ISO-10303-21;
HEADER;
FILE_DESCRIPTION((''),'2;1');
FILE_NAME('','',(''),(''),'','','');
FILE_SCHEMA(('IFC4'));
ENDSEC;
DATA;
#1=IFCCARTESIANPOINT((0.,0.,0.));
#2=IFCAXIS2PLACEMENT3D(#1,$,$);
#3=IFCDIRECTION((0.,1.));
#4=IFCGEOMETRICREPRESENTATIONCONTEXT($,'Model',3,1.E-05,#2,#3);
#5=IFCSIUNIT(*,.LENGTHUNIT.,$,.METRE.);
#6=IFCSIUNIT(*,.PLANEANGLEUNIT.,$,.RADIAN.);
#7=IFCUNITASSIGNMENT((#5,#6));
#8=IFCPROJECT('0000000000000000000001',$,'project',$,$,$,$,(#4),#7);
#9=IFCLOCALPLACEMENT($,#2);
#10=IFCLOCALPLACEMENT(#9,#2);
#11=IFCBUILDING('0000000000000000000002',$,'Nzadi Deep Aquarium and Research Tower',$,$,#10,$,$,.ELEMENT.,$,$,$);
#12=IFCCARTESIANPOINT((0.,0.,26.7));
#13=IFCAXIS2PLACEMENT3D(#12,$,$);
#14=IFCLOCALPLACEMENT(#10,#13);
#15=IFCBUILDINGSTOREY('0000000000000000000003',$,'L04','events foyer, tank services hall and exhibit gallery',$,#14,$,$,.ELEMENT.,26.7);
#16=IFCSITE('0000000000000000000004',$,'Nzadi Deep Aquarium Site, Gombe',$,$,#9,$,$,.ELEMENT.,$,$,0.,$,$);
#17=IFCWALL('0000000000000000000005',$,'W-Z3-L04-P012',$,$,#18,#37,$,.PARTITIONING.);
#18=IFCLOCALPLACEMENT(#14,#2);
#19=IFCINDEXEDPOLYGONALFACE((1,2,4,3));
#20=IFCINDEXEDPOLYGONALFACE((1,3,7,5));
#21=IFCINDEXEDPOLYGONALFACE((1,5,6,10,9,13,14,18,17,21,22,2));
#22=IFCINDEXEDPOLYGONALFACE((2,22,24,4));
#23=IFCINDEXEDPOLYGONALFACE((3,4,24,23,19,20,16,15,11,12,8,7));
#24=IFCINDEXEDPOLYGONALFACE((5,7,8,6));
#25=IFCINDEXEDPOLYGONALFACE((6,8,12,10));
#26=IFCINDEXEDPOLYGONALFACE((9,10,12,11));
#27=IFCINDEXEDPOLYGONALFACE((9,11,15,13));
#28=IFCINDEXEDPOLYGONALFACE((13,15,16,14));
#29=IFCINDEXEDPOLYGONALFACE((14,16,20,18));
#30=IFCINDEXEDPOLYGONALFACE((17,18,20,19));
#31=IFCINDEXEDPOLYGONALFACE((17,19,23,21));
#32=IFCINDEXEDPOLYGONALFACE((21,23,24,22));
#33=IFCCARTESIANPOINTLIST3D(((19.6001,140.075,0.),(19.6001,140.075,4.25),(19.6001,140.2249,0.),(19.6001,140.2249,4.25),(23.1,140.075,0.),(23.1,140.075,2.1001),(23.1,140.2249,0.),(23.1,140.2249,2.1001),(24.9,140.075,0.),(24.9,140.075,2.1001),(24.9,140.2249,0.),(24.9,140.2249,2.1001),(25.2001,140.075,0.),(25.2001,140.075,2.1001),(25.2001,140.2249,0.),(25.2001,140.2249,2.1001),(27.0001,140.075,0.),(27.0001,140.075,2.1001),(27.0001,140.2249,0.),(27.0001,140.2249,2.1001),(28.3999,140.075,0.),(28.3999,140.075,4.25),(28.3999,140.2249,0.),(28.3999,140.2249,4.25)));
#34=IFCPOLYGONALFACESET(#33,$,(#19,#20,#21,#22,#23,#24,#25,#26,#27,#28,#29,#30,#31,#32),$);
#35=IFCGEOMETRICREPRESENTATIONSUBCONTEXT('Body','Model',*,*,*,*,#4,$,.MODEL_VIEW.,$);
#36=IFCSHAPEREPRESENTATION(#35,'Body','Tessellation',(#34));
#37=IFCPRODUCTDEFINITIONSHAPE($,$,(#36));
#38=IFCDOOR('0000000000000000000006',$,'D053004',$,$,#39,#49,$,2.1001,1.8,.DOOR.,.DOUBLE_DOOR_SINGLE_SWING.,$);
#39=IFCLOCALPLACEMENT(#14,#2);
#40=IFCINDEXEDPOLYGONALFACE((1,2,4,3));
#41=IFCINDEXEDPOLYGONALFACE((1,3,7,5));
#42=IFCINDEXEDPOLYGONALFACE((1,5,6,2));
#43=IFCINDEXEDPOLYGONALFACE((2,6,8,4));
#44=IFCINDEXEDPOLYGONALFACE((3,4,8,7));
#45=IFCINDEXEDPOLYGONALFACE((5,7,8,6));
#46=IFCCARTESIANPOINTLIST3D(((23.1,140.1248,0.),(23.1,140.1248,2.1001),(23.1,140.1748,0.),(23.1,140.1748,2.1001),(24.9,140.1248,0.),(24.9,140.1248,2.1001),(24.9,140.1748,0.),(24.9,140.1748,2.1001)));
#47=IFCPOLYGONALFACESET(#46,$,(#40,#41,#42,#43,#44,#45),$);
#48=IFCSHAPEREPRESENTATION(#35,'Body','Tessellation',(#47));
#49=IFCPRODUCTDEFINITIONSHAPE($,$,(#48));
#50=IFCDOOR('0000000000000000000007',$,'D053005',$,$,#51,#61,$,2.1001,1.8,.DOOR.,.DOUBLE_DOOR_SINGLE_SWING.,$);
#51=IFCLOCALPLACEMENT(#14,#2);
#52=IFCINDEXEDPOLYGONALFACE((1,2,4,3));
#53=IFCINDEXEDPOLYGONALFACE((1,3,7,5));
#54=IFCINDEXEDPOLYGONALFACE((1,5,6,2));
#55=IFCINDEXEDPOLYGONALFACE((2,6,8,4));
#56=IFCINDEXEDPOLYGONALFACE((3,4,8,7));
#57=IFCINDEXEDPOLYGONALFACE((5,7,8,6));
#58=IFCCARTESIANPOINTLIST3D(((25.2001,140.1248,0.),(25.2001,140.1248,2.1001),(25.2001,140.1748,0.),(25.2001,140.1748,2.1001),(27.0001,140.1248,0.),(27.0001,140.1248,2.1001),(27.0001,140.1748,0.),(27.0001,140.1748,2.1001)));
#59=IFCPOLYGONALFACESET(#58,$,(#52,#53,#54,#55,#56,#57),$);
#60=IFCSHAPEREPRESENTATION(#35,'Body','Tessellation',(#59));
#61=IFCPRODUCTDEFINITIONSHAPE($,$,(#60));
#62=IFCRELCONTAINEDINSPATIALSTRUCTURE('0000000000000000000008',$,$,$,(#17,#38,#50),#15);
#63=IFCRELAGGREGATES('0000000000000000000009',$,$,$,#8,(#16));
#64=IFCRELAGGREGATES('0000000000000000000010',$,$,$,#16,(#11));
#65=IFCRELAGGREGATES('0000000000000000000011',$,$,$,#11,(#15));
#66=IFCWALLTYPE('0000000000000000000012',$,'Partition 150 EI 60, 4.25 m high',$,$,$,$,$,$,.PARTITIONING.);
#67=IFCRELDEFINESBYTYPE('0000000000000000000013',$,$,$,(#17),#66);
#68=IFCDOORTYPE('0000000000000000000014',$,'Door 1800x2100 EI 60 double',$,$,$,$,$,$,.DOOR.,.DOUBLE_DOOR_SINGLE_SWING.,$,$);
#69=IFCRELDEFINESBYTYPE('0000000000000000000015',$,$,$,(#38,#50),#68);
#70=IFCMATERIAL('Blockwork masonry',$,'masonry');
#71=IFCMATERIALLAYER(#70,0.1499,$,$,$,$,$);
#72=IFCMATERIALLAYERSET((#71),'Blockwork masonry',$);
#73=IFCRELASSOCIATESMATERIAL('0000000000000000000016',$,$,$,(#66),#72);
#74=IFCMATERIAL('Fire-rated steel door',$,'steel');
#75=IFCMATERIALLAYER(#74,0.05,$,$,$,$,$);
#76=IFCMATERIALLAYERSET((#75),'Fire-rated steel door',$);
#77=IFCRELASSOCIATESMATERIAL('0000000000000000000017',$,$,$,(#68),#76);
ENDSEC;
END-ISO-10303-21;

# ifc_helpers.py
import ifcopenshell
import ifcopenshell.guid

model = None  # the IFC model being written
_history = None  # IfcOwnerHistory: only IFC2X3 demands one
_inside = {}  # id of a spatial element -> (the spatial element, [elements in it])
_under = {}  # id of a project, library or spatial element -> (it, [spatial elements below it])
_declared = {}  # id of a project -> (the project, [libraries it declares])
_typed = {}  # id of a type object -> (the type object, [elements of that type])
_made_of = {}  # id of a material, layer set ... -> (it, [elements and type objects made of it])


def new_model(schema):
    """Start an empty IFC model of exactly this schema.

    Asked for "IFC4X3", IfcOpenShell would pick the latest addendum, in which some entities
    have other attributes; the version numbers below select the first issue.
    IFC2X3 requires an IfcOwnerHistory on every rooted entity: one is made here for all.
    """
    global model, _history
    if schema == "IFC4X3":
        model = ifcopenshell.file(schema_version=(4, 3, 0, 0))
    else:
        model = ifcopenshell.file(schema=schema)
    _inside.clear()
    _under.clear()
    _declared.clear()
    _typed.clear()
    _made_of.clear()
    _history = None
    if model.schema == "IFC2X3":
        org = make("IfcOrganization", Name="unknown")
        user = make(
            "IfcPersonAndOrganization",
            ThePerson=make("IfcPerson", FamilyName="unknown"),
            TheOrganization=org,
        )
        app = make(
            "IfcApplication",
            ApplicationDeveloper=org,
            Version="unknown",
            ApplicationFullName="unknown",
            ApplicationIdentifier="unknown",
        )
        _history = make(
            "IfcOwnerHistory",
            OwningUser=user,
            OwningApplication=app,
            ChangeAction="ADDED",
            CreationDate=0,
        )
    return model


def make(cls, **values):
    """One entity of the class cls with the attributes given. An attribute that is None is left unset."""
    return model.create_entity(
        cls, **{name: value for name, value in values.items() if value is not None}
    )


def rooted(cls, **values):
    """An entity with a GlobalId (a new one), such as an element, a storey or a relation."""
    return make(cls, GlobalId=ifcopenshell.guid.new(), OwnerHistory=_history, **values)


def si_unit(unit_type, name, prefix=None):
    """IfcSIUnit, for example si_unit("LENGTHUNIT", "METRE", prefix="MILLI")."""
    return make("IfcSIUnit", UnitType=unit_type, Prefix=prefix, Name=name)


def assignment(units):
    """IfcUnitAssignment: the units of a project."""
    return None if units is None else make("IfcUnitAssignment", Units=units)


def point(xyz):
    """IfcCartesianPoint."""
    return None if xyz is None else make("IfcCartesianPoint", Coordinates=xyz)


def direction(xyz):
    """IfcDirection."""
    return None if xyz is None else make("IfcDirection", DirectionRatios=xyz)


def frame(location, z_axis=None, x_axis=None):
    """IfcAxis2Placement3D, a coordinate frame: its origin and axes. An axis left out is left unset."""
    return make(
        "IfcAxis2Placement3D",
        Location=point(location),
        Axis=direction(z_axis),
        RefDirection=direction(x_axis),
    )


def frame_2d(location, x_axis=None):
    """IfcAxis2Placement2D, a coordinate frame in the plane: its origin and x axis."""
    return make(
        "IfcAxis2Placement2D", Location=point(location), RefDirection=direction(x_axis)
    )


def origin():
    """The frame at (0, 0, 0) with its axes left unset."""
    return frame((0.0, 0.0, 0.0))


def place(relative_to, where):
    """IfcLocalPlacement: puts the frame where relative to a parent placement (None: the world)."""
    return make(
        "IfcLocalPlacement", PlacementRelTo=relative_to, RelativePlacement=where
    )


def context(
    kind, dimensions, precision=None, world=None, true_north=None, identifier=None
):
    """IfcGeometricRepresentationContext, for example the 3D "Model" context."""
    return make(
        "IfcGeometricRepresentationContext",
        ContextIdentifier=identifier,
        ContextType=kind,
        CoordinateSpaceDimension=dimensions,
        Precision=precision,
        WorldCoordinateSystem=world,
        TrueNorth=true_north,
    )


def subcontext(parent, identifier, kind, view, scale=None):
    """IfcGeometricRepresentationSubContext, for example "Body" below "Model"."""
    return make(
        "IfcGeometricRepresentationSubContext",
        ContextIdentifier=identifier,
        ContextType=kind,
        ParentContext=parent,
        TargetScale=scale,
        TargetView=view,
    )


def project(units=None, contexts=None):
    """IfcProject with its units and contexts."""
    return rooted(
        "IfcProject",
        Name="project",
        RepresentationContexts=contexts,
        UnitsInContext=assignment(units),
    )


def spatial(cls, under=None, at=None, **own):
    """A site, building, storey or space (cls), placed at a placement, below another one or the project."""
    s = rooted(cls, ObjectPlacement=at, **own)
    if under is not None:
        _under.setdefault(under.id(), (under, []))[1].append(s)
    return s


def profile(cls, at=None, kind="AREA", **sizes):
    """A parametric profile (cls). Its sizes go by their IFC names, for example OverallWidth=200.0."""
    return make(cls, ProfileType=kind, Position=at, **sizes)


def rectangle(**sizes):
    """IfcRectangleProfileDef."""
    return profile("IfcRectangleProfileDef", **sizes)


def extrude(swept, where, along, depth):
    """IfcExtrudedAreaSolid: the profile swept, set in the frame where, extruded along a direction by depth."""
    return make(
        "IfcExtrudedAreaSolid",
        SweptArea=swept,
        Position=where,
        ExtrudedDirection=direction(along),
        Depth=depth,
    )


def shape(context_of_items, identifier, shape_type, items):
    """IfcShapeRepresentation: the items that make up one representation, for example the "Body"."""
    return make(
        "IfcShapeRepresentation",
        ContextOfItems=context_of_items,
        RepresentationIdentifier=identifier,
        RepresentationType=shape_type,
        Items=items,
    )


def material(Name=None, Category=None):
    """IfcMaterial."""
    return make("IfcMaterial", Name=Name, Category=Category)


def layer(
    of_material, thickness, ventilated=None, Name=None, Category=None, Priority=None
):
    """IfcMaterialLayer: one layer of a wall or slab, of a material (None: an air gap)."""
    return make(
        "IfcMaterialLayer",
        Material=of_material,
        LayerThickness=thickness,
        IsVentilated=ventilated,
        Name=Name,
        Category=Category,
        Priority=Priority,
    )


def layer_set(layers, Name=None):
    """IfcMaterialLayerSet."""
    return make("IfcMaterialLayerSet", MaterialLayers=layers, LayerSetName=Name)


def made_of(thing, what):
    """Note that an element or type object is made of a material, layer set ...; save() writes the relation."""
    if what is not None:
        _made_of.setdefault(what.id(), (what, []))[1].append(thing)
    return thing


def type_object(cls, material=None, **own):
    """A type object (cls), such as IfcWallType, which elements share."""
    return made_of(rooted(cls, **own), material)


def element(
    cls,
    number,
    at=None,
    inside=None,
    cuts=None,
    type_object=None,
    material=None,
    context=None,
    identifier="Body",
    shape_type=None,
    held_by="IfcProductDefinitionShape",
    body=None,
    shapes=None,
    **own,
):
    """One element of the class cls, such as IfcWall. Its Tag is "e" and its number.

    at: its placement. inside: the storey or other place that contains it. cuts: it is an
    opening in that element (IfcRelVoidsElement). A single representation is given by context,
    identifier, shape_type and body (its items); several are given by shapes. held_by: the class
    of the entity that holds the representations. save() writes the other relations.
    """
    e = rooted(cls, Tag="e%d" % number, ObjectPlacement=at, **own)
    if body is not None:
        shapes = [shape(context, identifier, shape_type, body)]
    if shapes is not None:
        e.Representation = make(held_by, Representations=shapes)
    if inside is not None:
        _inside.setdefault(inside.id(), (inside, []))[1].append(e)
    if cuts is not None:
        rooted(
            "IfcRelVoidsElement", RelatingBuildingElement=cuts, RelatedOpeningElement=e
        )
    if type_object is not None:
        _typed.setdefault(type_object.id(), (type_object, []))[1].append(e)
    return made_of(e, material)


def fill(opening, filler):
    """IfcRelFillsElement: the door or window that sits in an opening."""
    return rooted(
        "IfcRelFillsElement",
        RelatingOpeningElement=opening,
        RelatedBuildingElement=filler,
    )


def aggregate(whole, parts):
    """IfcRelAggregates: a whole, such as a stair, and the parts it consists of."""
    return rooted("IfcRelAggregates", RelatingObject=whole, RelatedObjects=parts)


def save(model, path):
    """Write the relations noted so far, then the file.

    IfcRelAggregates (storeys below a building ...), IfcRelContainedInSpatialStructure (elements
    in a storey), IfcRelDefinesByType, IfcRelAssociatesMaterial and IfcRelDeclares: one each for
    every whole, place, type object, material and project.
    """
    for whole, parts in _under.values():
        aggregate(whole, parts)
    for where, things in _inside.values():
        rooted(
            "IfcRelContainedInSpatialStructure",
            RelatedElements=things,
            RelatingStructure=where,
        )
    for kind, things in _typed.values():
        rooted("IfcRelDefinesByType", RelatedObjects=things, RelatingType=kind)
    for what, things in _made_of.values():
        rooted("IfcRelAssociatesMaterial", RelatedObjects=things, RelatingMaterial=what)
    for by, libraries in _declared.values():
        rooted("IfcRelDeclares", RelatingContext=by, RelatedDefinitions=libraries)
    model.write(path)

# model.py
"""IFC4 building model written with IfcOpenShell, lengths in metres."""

from ifc_helpers import new_model, si_unit, direction, frame, frame_2d, origin, place, context, subcontext, project, spatial, rectangle, extrude, material, layer, layer_set, type_object, element, fill, save


model = new_model("IFC4")

# Units and contexts
model_context = context("Model", 3, precision=1e-05, world=origin(), true_north=direction((0.0, 1.0)))
body_context = subcontext(model_context, "Body", "Model", "MODEL_VIEW")
ifc_project = project(units=[si_unit("LENGTHUNIT", "METRE"), si_unit("PLANEANGLEUNIT", "RADIAN")], contexts=[model_context])

# Site, building, storey
site_placement = place(None, origin())
site = spatial("IfcSite", under=ifc_project, at=site_placement, Name="Nzadi Deep Aquarium Site, Gombe", CompositionType="ELEMENT", RefElevation=0.0)
building_placement = place(site_placement, origin())
building = spatial("IfcBuilding", under=site, at=building_placement, Name="Nzadi Deep Aquarium and Research Tower", CompositionType="ELEMENT")
storey_placement = place(building_placement, frame((0.0, 0.0, 26.7)))
storey = spatial("IfcBuildingStorey", under=building, at=storey_placement, Name="L04", Description="events foyer, tank services hall and exhibit gallery", CompositionType="ELEMENT", Elevation=26.7)

# Wall, openings, doors
ifc_material_1 = material(Name="Blockwork masonry", Category="masonry")
ifc_layer_1 = layer(ifc_material_1, 0.1499)
ifc_layer_set_1 = layer_set([ifc_layer_1], Name="Blockwork masonry")
wall_type = type_object("IfcWallType", Name="Partition 150 EI 60, 4.25 m high", PredefinedType="PARTITIONING", material=ifc_layer_set_1)
wall_placement = place(storey_placement, frame((19.6001, 140.1499, 0.0), z_axis=(0.0, 0.0, 1.0), x_axis=(1.0, 0.0, 0.0)))
wall = element("IfcWall", 1, at=wall_placement, inside=storey, type_object=wall_type, Name="W-Z3-L04-P012", PredefinedType="PARTITIONING", context=body_context, shape_type="SweptSolid", body=[
    extrude(rectangle(XDim=8.7998, YDim=0.1499, at=frame_2d((4.3999, 0.0))), origin(), (0.0, 0.0, 1.0), 4.25),
])
opening_1_placement = place(wall_placement, frame((3.5, 0.0, 0.0)))
opening_1 = element("IfcOpeningElement", 2, at=opening_1_placement, cuts=wall, PredefinedType="OPENING", context=body_context, shape_type="SweptSolid", body=[
    extrude(rectangle(XDim=1.8, YDim=2.1001, at=frame_2d((0.8999, 1.05))), frame((0.0, 0.085, 0.0), z_axis=(0.0, -1.0, 0.0), x_axis=(1.0, 0.0, 0.0)), (0.0, 0.0, 1.0), 0.1699),
])
opening_2_placement = place(wall_placement, frame((5.6001, 0.0, 0.0)))
opening_2 = element("IfcOpeningElement", 3, at=opening_2_placement, cuts=wall, PredefinedType="OPENING", context=body_context, shape_type="SweptSolid", body=[
    extrude(rectangle(XDim=1.8, YDim=2.1001, at=frame_2d((0.8999, 1.05))), frame((0.0, 0.085, 0.0), z_axis=(0.0, -1.0, 0.0), x_axis=(1.0, 0.0, 0.0)), (0.0, 0.0, 1.0), 0.1699),
])
ifc_material_2 = material(Name="Fire-rated steel door", Category="steel")
ifc_layer_2 = layer(ifc_material_2, 0.05)
ifc_layer_set_2 = layer_set([ifc_layer_2], Name="Fire-rated steel door")
door_type = type_object("IfcDoorType", Name="Door 1800x2100 EI 60 double", OperationType="DOUBLE_DOOR_SINGLE_SWING", PredefinedType="DOOR", material=ifc_layer_set_2)
door_1_placement = place(opening_1_placement, origin())
door_1 = element("IfcDoor", 4, at=door_1_placement, inside=storey, type_object=door_type, Name="D053004", OperationType="DOUBLE_DOOR_SINGLE_SWING", OverallHeight=2.1001, OverallWidth=1.8, PredefinedType="DOOR", context=body_context, shape_type="SweptSolid", body=[
    extrude(rectangle(XDim=1.8, YDim=2.1001, at=frame_2d((0.8999, 1.05))), frame((0.0, 0.0249, 0.0), z_axis=(0.0, -1.0, 0.0), x_axis=(1.0, 0.0, 0.0)), (0.0, 0.0, 1.0), 0.05),
])
fill(opening_1, door_1)
door_2_placement = place(opening_2_placement, origin())
door_2 = element("IfcDoor", 5, at=door_2_placement, inside=storey, type_object=door_type, Name="D053005", OperationType="DOUBLE_DOOR_SINGLE_SWING", OverallHeight=2.1001, OverallWidth=1.8, PredefinedType="DOOR", context=body_context, shape_type="SweptSolid", body=[
    extrude(rectangle(XDim=1.8, YDim=2.1001, at=frame_2d((0.8999, 1.05))), frame((0.0, 0.0249, 0.0), z_axis=(0.0, -1.0, 0.0), x_axis=(1.0, 0.0, 0.0)), (0.0, 0.0, 1.0), 0.05),
])
fill(opening_2, door_2)

save(model, "model.ifc")
